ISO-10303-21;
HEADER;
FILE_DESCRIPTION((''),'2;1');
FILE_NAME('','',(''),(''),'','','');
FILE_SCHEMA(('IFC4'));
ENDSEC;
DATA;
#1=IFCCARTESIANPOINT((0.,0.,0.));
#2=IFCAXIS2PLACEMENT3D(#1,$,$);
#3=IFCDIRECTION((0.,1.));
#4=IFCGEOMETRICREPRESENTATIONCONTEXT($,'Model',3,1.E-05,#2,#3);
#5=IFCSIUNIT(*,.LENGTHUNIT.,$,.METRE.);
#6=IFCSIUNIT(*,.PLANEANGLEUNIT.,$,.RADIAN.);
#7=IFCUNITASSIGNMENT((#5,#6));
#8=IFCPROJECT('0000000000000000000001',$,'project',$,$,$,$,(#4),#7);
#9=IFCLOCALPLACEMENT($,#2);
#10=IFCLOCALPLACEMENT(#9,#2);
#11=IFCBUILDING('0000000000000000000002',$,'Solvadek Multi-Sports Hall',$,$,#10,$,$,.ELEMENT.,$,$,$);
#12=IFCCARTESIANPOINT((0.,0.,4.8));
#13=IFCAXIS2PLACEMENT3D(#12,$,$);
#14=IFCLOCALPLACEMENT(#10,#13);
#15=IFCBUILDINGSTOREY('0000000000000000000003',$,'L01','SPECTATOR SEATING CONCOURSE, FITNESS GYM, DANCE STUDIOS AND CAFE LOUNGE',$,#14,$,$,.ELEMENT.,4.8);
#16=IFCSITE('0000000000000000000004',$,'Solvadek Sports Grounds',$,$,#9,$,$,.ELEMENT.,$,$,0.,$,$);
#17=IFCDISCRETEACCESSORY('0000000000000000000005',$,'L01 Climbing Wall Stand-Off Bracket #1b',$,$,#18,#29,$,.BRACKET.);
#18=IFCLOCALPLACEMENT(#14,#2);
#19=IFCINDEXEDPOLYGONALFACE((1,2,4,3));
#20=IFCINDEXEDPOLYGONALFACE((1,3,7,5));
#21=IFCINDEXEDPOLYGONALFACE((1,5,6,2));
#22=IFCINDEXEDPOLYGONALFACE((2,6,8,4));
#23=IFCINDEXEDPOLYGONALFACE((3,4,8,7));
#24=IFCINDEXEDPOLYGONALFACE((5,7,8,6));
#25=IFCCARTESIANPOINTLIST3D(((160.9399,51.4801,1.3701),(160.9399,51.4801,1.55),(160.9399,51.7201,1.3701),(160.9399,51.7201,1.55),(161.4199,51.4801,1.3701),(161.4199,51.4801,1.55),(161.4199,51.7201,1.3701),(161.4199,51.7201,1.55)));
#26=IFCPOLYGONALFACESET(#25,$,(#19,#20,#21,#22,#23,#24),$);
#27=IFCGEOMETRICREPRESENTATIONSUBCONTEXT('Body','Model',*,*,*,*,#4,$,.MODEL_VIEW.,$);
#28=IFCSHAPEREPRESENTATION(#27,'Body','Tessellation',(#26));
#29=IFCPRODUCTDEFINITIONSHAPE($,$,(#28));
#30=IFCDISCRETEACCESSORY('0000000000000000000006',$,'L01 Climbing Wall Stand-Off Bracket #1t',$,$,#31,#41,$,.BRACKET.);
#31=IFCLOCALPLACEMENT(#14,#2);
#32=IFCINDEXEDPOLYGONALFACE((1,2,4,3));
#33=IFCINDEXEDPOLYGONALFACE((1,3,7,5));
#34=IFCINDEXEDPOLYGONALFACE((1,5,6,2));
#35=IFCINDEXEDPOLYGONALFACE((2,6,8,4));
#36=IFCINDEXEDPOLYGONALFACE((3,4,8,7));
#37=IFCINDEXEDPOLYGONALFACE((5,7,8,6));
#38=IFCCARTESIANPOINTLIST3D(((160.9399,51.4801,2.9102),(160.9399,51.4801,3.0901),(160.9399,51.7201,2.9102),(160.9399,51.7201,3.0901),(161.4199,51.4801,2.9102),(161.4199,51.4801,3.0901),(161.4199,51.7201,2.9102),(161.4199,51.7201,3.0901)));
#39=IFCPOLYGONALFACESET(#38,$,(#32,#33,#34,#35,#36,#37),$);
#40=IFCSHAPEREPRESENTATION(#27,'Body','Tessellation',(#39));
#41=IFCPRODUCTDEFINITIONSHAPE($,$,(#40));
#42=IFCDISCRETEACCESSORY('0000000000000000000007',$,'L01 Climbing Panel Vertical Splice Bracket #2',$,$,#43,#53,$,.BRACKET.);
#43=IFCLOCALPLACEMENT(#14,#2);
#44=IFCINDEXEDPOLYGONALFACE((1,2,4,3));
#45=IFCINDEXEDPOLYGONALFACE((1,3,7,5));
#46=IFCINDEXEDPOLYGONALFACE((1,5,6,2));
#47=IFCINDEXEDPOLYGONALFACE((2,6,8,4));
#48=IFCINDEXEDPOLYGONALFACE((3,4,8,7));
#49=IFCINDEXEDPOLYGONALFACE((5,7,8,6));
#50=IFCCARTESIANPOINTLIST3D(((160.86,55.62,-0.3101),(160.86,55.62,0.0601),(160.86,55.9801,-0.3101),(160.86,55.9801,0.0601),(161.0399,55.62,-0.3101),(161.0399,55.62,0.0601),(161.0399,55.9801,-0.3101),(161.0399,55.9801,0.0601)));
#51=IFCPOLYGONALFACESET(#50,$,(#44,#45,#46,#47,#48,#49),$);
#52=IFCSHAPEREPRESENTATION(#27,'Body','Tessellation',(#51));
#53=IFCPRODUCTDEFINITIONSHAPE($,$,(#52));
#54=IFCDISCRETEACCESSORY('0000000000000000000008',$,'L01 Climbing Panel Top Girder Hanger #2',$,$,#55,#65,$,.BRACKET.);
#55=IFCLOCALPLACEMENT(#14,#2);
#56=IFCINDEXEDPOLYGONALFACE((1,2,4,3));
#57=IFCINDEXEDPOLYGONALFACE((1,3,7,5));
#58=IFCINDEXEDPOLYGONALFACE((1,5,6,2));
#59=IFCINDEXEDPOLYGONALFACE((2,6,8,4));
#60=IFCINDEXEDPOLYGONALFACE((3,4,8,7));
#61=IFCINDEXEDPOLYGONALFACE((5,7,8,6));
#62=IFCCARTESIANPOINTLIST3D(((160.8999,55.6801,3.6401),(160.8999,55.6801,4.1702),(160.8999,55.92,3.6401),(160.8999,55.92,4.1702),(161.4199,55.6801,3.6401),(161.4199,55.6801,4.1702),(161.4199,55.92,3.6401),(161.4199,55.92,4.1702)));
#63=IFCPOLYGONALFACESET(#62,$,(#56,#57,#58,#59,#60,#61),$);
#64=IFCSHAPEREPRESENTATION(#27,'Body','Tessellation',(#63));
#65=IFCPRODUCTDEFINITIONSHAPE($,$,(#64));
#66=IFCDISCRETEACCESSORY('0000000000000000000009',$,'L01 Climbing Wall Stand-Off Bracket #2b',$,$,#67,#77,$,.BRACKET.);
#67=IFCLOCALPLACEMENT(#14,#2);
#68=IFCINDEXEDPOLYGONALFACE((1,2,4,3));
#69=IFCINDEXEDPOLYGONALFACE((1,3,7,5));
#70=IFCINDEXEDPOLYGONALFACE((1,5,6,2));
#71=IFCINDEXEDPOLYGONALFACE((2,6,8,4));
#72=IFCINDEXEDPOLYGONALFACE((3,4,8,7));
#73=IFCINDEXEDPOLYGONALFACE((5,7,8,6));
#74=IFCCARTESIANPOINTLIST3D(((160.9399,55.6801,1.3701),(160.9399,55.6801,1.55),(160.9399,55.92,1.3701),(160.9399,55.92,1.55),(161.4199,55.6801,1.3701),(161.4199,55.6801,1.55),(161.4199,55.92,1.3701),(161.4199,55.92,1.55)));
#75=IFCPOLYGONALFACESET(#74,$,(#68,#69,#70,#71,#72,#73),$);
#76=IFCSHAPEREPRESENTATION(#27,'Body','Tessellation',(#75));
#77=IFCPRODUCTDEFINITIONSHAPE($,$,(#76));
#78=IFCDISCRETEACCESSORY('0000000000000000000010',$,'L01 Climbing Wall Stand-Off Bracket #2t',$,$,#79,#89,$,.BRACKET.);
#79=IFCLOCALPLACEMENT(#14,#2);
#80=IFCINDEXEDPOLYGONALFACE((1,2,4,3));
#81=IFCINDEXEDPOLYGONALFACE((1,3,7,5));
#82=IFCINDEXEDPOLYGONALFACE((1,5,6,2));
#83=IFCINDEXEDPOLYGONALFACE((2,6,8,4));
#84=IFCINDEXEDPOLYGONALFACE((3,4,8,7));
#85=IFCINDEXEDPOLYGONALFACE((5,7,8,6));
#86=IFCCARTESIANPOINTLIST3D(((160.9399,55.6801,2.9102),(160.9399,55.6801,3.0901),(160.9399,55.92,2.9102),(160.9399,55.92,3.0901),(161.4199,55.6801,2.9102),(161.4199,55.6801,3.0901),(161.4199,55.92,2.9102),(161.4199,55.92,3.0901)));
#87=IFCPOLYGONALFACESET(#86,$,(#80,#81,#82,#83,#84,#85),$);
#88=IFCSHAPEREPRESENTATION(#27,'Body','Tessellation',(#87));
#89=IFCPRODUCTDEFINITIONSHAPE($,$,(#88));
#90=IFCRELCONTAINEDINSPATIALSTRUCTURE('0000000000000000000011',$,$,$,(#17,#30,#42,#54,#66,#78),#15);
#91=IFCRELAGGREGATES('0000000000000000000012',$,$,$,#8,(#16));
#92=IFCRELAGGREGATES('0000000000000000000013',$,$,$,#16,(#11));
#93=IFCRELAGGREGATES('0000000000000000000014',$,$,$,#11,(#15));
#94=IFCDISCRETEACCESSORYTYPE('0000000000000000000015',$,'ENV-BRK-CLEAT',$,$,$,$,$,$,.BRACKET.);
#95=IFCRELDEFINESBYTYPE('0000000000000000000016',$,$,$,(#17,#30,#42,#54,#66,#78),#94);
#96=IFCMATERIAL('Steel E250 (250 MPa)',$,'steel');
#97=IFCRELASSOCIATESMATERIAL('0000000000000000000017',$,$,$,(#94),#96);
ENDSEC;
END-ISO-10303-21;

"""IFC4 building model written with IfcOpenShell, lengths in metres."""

from ifc_helpers import new_model, si_unit, direction, frame, origin, origin_2d, place, context, subcontext, project, spatial, rectangle, extrude, material, type_object, element, save


model = new_model("IFC4")

# Units and contexts
model_context = context("Model", 3, precision=1e-05, world=origin(), true_north=direction((0.0, 1.0)))
body_context = subcontext(model_context, "Body", "Model", "MODEL_VIEW")
ifc_project = project(units=[si_unit("LENGTHUNIT", "METRE"), si_unit("PLANEANGLEUNIT", "RADIAN")], contexts=[model_context])

# Site, building, storey
site_placement = place(None, origin())
site = spatial("IfcSite", under=ifc_project, at=site_placement, Name="Solvadek Sports Grounds", CompositionType="ELEMENT", RefElevation=0.0)
building_placement = place(site_placement, origin())
building = spatial("IfcBuilding", under=site, at=building_placement, Name="Solvadek Multi-Sports Hall", CompositionType="ELEMENT")
storey_placement = place(building_placement, frame((0.0, 0.0, 4.8)))
storey = spatial("IfcBuildingStorey", under=building, at=storey_placement, Name="L01", Description="SPECTATOR SEATING CONCOURSE, FITNESS GYM, DANCE STUDIOS AND CAFE LOUNGE", CompositionType="ELEMENT", Elevation=4.8)

# Shared definitions
ifc_material_1 = material(Name="Steel E250 (250 MPa)", Category="steel")

# Discrete accessories
discrete_accessory_type = type_object("IfcDiscreteAccessoryType", Name="ENV-BRK-CLEAT", PredefinedType="BRACKET", material=ifc_material_1)
for number, where, z_axis, x_axis, name in (
    (1, (161.1799, 51.6001, 1.3701), (0.0, 0.0, 1.0), (1.0, 0.0, 0.0), "L01 Climbing Wall Stand-Off Bracket #1b"),
    (2, (161.1799, 51.6001, 2.9102), (0.0, 0.0, 1.0), (1.0, 0.0, 0.0), "L01 Climbing Wall Stand-Off Bracket #1t"),
):
    element("IfcDiscreteAccessory", number, at=place(storey_placement, frame(where, z_axis=z_axis, x_axis=x_axis)), inside=storey, type_object=discrete_accessory_type, Name=name, PredefinedType="BRACKET", context=body_context, shape_type="SweptSolid", body=[
        extrude(rectangle(XDim=0.48, YDim=0.24, at=origin_2d()), origin(), (0.0, 0.0, 1.0), 0.1799),
    ])
discrete_accessory_1_placement = place(storey_placement, frame((160.95, 55.8, -0.3101), z_axis=(0.0, 0.0, 1.0), x_axis=(1.0, 0.0, 0.0)))
element("IfcDiscreteAccessory", 3, at=discrete_accessory_1_placement, inside=storey, type_object=discrete_accessory_type, Name="L01 Climbing Panel Vertical Splice Bracket #2", PredefinedType="BRACKET", context=body_context, shape_type="SweptSolid", body=[
    extrude(rectangle(XDim=0.1799, YDim=0.3601, at=origin_2d()), origin(), (0.0, 0.0, 1.0), 0.3701),
])
discrete_accessory_2_placement = place(storey_placement, frame((161.1599, 55.8, 3.6401), z_axis=(0.0, 0.0, 1.0), x_axis=(1.0, 0.0, 0.0)))
element("IfcDiscreteAccessory", 4, at=discrete_accessory_2_placement, inside=storey, type_object=discrete_accessory_type, Name="L01 Climbing Panel Top Girder Hanger #2", PredefinedType="BRACKET", context=body_context, shape_type="SweptSolid", body=[
    extrude(rectangle(XDim=0.52, YDim=0.24, at=origin_2d()), origin(), (0.0, 0.0, 1.0), 0.53),
])
for number, where, z_axis, x_axis, name in (
    (5, (161.1799, 55.8, 1.3701), (0.0, 0.0, 1.0), (1.0, 0.0, 0.0), "L01 Climbing Wall Stand-Off Bracket #2b"),
    (6, (161.1799, 55.8, 2.9102), (0.0, 0.0, 1.0), (1.0, 0.0, 0.0), "L01 Climbing Wall Stand-Off Bracket #2t"),
):
    element("IfcDiscreteAccessory", number, at=place(storey_placement, frame(where, z_axis=z_axis, x_axis=x_axis)), inside=storey, type_object=discrete_accessory_type, Name=name, PredefinedType="BRACKET", context=body_context, shape_type="SweptSolid", body=[
        extrude(rectangle(XDim=0.48, YDim=0.24, at=origin_2d()), origin(), (0.0, 0.0, 1.0), 0.1799),
    ])

save(model, "model.ifc")
